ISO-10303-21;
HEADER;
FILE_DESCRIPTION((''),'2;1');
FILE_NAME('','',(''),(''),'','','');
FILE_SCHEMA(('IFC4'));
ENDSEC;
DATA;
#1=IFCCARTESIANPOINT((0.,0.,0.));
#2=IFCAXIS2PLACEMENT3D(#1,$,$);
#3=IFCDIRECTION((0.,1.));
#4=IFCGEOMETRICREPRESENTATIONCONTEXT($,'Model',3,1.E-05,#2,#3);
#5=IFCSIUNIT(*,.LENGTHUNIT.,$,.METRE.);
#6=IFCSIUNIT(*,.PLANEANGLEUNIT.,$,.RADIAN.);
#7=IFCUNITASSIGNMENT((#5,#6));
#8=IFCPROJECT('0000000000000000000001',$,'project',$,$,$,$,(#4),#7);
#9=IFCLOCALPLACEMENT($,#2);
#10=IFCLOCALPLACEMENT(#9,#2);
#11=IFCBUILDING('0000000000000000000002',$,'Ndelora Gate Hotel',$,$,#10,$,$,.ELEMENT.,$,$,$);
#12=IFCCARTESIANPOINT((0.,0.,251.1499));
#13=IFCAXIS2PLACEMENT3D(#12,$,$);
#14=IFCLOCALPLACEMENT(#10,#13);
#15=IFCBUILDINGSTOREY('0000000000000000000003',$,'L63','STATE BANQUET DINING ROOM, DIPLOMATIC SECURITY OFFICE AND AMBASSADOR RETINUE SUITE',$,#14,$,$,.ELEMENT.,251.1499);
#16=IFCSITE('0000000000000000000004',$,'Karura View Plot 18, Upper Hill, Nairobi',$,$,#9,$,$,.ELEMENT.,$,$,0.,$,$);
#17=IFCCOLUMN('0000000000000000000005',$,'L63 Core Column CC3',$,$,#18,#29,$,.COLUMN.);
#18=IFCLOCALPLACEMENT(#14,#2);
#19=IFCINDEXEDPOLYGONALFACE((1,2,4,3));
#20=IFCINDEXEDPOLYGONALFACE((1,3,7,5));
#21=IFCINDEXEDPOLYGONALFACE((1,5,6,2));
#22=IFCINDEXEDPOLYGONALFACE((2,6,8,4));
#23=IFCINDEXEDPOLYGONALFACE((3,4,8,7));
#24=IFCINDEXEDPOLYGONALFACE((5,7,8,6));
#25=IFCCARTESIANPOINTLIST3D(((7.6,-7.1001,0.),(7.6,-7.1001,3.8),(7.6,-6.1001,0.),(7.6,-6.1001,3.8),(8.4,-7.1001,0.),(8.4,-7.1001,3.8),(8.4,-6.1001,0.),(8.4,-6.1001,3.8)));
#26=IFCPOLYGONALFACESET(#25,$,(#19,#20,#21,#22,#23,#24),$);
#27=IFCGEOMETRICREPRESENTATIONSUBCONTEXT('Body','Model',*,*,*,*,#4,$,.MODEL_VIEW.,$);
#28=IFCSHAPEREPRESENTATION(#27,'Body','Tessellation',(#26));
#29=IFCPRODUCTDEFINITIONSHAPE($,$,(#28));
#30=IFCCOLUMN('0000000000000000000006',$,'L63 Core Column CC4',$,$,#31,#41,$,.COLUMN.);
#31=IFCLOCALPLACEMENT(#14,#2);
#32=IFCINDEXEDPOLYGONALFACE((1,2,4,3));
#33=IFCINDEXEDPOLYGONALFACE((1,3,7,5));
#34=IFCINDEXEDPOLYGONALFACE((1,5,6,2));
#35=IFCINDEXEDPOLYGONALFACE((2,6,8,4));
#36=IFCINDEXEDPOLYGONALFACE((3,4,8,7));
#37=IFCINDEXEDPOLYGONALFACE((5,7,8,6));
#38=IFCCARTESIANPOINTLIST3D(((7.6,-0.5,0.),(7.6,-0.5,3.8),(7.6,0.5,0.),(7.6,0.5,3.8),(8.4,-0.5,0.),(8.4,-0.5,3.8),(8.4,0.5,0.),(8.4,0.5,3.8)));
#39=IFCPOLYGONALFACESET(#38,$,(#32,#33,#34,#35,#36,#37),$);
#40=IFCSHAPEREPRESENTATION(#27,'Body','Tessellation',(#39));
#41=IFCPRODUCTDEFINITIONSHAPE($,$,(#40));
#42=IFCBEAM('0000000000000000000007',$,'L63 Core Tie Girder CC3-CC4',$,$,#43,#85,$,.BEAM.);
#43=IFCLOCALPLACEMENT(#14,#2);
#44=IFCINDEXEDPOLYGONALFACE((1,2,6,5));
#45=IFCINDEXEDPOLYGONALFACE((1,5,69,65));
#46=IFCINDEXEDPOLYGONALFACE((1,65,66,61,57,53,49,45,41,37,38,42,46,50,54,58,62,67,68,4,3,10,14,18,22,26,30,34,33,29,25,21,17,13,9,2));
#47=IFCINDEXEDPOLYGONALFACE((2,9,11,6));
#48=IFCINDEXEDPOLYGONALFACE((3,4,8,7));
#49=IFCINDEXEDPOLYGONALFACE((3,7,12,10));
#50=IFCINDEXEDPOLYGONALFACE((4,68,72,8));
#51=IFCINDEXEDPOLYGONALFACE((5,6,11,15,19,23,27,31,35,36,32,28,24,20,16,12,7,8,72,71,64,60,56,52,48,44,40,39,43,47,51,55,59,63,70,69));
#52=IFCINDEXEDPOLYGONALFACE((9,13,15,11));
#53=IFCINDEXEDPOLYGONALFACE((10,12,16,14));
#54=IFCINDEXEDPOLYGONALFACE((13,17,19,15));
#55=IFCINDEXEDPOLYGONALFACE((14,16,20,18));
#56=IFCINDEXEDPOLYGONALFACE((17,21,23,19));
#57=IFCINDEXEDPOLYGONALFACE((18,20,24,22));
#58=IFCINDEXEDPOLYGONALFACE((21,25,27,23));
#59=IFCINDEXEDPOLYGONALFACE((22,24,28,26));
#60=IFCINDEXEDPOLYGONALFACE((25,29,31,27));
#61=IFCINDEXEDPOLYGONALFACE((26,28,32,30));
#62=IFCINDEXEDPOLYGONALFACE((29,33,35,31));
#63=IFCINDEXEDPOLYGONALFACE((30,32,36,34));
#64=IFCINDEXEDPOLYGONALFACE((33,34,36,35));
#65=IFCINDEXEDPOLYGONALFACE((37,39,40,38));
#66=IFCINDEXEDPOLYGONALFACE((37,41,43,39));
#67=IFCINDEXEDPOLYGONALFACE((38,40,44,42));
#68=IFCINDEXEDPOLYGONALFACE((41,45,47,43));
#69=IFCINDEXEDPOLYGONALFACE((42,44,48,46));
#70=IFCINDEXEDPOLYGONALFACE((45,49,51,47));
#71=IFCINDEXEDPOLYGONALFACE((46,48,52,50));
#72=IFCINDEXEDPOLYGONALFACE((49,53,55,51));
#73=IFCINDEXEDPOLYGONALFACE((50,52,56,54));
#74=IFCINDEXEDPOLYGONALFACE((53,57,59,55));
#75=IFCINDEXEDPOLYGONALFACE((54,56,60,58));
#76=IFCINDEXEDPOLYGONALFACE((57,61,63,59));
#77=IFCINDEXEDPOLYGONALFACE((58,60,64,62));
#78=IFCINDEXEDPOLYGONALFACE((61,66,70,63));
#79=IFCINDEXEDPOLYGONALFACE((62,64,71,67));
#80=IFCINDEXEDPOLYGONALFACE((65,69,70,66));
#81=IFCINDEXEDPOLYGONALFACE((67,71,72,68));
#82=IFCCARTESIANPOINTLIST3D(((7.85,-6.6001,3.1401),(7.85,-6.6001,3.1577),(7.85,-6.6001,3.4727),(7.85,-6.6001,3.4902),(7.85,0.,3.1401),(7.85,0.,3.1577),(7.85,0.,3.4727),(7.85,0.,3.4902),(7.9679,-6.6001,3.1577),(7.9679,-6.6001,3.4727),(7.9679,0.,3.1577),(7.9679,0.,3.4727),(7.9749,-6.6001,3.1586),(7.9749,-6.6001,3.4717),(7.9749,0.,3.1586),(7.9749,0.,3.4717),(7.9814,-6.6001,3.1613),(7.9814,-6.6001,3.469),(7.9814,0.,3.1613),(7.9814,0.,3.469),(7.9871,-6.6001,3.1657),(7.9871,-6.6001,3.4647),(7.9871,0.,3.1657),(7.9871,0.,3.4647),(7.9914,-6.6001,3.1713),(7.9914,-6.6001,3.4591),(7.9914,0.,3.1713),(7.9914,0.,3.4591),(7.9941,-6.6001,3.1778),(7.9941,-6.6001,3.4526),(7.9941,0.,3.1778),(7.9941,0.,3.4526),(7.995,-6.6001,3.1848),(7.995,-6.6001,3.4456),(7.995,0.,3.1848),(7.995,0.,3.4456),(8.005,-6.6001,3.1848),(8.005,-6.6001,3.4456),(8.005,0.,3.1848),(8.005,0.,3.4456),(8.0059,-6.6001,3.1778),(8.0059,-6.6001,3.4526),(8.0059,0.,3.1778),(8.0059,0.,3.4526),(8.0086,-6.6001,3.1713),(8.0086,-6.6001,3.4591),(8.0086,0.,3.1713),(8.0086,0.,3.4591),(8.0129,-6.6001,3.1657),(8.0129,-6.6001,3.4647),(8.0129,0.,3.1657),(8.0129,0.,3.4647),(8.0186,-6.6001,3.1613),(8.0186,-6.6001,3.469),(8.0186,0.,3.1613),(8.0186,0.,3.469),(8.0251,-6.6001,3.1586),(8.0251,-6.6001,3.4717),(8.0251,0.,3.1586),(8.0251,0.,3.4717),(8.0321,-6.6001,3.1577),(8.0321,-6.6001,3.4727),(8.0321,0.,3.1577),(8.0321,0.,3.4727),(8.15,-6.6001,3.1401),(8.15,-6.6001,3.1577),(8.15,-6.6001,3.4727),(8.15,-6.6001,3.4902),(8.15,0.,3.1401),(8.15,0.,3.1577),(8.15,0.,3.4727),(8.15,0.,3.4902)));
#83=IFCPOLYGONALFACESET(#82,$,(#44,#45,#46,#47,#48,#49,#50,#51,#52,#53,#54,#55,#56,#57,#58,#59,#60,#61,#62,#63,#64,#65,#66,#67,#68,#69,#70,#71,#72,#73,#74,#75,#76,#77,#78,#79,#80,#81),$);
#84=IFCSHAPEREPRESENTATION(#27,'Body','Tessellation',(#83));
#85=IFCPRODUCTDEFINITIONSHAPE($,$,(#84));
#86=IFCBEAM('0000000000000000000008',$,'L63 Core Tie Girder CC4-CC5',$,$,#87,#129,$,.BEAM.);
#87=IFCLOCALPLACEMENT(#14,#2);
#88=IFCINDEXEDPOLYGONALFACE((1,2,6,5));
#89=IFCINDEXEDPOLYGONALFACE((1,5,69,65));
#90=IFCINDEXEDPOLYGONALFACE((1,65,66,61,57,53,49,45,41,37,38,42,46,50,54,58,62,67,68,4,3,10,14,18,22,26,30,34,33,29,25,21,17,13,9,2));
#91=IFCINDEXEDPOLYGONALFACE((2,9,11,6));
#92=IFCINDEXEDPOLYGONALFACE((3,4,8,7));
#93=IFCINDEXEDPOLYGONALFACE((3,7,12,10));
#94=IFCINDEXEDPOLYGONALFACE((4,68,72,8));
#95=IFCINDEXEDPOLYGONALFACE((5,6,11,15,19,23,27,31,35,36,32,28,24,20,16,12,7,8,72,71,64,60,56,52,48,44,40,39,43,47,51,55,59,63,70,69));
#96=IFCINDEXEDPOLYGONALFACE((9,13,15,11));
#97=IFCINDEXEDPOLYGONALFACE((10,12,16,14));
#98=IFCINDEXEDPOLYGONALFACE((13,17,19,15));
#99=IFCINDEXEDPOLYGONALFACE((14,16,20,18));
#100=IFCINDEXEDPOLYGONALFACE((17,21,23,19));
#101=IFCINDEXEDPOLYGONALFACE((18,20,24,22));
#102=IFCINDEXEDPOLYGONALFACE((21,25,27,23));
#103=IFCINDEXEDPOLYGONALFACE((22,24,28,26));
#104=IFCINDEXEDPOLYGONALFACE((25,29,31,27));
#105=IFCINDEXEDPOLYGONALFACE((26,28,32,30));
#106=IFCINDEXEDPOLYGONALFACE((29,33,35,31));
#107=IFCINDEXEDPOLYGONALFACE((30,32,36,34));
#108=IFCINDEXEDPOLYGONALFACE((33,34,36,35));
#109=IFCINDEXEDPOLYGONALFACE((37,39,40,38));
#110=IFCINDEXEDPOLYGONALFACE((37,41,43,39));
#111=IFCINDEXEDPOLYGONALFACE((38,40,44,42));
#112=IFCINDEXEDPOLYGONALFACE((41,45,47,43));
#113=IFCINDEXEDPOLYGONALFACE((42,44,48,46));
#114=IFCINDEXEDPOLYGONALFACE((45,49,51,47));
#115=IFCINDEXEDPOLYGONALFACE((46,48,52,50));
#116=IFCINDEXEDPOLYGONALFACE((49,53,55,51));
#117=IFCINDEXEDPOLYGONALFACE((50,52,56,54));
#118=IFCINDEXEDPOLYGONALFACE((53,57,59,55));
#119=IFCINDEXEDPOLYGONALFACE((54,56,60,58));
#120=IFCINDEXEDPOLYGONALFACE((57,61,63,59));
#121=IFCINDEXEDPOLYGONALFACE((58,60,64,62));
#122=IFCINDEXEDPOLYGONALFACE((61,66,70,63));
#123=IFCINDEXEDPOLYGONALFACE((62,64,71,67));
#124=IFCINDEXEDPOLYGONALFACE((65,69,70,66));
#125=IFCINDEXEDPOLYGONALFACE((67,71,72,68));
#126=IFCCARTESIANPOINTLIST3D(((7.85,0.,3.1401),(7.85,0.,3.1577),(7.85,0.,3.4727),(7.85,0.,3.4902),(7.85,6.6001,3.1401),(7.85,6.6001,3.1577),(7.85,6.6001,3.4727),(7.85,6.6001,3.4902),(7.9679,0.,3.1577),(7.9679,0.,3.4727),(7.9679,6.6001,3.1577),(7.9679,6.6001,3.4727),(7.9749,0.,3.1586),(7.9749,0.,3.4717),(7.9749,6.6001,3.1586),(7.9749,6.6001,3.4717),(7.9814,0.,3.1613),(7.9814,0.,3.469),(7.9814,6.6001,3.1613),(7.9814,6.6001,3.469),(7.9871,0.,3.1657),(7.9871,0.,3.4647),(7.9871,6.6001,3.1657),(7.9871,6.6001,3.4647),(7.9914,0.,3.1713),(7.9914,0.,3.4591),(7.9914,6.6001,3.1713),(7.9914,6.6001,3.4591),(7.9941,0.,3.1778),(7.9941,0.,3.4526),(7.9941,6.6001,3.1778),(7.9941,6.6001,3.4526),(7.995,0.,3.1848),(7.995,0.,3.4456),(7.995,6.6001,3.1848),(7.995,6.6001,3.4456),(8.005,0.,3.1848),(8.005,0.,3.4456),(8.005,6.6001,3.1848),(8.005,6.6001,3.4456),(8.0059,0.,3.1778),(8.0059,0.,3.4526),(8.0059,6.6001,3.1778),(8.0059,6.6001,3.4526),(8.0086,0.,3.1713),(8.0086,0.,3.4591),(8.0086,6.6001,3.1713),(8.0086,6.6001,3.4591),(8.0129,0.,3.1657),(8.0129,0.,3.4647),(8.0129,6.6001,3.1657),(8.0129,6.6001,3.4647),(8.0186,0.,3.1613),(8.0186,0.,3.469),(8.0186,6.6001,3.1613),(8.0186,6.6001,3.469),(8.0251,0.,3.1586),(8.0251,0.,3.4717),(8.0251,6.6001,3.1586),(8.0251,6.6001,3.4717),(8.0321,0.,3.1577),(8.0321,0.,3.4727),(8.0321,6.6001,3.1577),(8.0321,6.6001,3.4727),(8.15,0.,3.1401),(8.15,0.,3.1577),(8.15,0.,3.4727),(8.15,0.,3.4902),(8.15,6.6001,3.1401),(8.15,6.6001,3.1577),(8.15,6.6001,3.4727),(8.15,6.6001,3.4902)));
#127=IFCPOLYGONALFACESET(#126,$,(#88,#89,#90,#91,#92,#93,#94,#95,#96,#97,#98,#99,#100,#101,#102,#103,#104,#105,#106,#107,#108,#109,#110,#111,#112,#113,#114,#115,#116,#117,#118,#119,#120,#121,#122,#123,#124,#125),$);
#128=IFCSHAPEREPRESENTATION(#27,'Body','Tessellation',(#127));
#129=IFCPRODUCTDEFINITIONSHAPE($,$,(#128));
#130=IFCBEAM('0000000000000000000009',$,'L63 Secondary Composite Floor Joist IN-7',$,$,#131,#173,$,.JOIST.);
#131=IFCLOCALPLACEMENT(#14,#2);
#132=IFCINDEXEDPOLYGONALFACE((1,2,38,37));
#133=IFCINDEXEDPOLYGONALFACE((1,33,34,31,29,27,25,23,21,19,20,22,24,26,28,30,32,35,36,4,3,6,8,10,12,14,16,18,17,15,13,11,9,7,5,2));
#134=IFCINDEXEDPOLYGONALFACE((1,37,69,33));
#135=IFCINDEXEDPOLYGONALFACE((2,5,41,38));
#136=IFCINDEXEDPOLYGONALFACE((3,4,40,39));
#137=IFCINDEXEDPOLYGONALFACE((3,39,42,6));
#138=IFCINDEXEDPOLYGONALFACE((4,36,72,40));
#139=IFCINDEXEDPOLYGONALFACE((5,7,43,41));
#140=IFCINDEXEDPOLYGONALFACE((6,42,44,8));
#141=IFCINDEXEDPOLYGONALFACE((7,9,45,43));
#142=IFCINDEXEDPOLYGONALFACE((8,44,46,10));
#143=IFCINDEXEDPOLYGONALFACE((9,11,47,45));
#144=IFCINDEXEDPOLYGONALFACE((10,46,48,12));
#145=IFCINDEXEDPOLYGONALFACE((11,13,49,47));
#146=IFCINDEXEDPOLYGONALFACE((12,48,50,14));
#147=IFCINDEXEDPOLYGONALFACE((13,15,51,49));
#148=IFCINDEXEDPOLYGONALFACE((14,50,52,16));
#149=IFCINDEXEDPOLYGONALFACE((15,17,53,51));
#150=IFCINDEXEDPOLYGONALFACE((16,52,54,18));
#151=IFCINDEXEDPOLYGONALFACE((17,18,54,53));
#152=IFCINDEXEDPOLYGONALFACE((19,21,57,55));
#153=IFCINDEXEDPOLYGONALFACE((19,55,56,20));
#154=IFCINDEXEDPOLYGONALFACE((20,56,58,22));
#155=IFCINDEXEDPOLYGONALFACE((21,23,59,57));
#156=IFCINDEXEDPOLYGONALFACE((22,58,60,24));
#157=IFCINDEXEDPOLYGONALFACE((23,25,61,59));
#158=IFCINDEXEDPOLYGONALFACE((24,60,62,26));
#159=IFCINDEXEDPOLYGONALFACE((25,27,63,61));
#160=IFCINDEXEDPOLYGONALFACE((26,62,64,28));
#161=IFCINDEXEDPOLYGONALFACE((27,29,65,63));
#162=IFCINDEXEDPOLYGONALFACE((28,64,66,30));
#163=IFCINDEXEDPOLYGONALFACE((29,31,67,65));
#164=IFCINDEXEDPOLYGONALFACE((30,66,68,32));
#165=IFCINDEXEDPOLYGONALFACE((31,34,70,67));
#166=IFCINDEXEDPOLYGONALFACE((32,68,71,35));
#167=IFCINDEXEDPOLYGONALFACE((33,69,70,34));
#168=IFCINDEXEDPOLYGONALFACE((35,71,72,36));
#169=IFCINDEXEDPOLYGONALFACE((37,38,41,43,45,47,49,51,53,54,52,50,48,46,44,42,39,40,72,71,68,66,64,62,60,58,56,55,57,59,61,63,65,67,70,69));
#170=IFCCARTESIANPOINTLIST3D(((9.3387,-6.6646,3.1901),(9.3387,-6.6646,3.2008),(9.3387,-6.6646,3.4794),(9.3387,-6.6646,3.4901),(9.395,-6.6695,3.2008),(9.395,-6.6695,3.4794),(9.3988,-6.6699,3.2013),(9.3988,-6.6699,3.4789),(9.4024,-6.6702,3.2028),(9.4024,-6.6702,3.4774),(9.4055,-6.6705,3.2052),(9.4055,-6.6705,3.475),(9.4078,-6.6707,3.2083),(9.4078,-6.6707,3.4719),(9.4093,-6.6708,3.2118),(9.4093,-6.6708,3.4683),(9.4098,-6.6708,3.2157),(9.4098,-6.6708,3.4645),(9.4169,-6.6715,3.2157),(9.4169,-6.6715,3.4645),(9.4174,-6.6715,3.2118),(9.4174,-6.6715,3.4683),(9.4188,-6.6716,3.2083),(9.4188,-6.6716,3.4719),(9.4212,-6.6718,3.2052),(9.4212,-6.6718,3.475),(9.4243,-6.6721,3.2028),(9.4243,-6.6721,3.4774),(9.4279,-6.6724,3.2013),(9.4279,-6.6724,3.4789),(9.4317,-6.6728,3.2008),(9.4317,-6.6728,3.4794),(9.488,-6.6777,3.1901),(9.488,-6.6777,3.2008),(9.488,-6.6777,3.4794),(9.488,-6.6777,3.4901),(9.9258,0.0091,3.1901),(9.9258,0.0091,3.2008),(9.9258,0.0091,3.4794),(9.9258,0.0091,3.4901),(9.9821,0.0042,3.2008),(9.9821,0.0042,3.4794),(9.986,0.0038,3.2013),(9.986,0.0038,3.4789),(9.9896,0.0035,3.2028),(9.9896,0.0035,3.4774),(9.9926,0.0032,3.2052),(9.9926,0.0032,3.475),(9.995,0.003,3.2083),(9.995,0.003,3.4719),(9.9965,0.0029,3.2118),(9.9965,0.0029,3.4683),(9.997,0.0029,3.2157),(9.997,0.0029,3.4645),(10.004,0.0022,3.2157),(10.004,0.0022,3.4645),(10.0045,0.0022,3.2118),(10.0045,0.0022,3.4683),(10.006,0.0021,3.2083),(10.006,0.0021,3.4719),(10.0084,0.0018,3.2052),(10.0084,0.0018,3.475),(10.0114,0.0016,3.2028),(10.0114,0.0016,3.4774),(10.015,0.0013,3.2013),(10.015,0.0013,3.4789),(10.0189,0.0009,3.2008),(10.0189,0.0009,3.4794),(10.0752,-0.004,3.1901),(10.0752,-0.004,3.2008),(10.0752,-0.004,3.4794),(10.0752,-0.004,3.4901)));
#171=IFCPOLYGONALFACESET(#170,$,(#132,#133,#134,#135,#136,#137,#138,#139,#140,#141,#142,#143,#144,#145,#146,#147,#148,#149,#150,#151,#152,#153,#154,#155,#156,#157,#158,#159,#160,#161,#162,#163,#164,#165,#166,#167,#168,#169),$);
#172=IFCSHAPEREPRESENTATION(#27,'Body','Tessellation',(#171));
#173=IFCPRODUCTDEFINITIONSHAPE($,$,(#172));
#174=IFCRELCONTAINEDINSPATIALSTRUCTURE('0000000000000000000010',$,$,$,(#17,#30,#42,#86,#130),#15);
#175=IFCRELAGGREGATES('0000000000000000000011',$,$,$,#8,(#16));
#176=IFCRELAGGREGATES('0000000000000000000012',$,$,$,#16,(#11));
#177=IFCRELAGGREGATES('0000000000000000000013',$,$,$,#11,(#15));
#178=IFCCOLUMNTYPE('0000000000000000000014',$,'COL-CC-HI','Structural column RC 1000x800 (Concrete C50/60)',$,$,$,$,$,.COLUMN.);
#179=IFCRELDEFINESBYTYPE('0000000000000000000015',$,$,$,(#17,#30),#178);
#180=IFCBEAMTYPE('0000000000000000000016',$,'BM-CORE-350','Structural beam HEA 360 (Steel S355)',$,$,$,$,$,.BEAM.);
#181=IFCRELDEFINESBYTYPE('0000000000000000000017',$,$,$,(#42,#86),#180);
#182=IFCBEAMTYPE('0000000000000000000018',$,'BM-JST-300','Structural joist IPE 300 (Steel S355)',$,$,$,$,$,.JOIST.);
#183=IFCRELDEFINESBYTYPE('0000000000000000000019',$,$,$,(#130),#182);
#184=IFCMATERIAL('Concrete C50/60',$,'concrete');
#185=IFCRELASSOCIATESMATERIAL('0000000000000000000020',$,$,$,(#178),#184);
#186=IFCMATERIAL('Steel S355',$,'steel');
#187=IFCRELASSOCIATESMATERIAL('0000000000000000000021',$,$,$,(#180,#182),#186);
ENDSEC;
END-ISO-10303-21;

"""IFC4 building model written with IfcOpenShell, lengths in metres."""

from ifc_helpers import new_model, si_unit, direction, frame, origin, origin_2d, place, context, subcontext, project, spatial, rectangle, i_section, extrude, material, material_profile, profile_set, type_object, element, save


model = new_model("IFC4")

# Units and contexts
model_context = context("Model", 3, precision=1e-05, world=origin(), true_north=direction((0.0, 1.0)))
body_context = subcontext(model_context, "Body", "Model", "MODEL_VIEW")
ifc_project = project(units=[si_unit("LENGTHUNIT", "METRE"), si_unit("PLANEANGLEUNIT", "RADIAN")], contexts=[model_context])

# Site, building, storey
site_placement = place(None, origin())
site = spatial("IfcSite", under=ifc_project, at=site_placement, Name="Karura View Plot 18, Upper Hill, Nairobi", CompositionType="ELEMENT", RefElevation=0.0)
building_placement = place(site_placement, origin())
building = spatial("IfcBuilding", under=site, at=building_placement, Name="Ndelora Gate Hotel", CompositionType="ELEMENT")
storey_placement = place(building_placement, frame((0.0, 0.0, 251.1499)))
storey = spatial("IfcBuildingStorey", under=building, at=storey_placement, Name="L63", Description="STATE BANQUET DINING ROOM, DIPLOMATIC SECURITY OFFICE AND AMBASSADOR RETINUE SUITE", CompositionType="ELEMENT", Elevation=251.1499)

# Columns
ifc_material_1 = material(Name="Concrete C50/60", Category="concrete")
ifc_material_profile_1 = material_profile(ifc_material_1, rectangle(XDim=0.8, YDim=1.0, at=origin_2d()), Name="RC 1000x800")
ifc_profile_set_1 = profile_set([ifc_material_profile_1], Name="Concrete C50/60")
column_type = type_object("IfcColumnType", Name="COL-CC-HI", Description="Structural column RC 1000x800 (Concrete C50/60)", PredefinedType="COLUMN", material=ifc_profile_set_1)
for number, where, z_axis, x_axis, name in (
    (1, (8.0, -6.6001, 0.0), (0.0, 0.0, 1.0), (1.0, 0.0, 0.0), "L63 Core Column CC3"),
    (2, (8.0, 0.0, 0.0), (0.0, 0.0, 1.0), (1.0, 0.0, 0.0), "L63 Core Column CC4"),
):
    element("IfcColumn", number, at=place(storey_placement, frame(where, z_axis=z_axis, x_axis=x_axis)), inside=storey, type_object=column_type, Name=name, PredefinedType="COLUMN", context=body_context, shape_type="SweptSolid", body=[
        extrude(rectangle(XDim=0.8, YDim=1.0, at=origin_2d()), origin(), (0.0, 0.0, 1.0), 3.8),
    ])

# Beams
ifc_material_2 = material(Name="Steel S355", Category="steel")
ifc_material_profile_2 = material_profile(ifc_material_2, i_section(OverallWidth=0.3, OverallDepth=0.3501, WebThickness=0.01, FlangeThickness=0.0176, FilletRadius=0.0271, at=origin_2d()), Name="HEA 360")
ifc_profile_set_2 = profile_set([ifc_material_profile_2], Name="Steel S355")
beam_type_1 = type_object("IfcBeamType", Name="BM-CORE-350", Description="Structural beam HEA 360 (Steel S355)", PredefinedType="BEAM", material=ifc_profile_set_2)
for number, where, z_axis, x_axis, name in (
    (3, (8.0, -6.6001, 3.3152), (0.0, 1.0, 0.0), (-1.0, 0.0, 0.0), "L63 Core Tie Girder CC3-CC4"),
    (4, (8.0, 0.0, 3.3152), (0.0, 1.0, 0.0), (-1.0, 0.0, 0.0), "L63 Core Tie Girder CC4-CC5"),
):
    element("IfcBeam", number, at=place(storey_placement, frame(where, z_axis=z_axis, x_axis=x_axis)), inside=storey, type_object=beam_type_1, Name=name, PredefinedType="BEAM", context=body_context, shape_type="SweptSolid", body=[
        extrude(i_section(OverallWidth=0.3, OverallDepth=0.3501, WebThickness=0.01, FlangeThickness=0.0176, FilletRadius=0.0271, at=origin_2d()), origin(), (0.0, 0.0, 1.0), 6.6001),
    ])
ifc_material_profile_3 = material_profile(ifc_material_2, i_section(OverallWidth=0.1499, OverallDepth=0.3, WebThickness=0.0071, FlangeThickness=0.0107, FilletRadius=0.0149, at=origin_2d()), Name="IPE 300")
ifc_profile_set_3 = profile_set([ifc_material_profile_3], Name="Steel S355")
beam_type_2 = type_object("IfcBeamType", Name="BM-JST-300", Description="Structural joist IPE 300 (Steel S355)", PredefinedType="JOIST", material=ifc_profile_set_3)
beam_1_placement = place(storey_placement, frame((9.4133, -6.6711, 3.3401), z_axis=(0.087644, 0.996152, 0.0), x_axis=(-0.996152, 0.087644, 0.0)))
element("IfcBeam", 5, at=beam_1_placement, inside=storey, type_object=beam_type_2, Name="L63 Secondary Composite Floor Joist IN-7", PredefinedType="JOIST", context=body_context, shape_type="SweptSolid", body=[
    extrude(i_section(OverallWidth=0.1499, OverallDepth=0.3, WebThickness=0.0071, FlangeThickness=0.0107, FilletRadius=0.0149, at=origin_2d()), origin(), (0.0, 0.0, 1.0), 6.6995),
])

save(model, "model.ifc")
